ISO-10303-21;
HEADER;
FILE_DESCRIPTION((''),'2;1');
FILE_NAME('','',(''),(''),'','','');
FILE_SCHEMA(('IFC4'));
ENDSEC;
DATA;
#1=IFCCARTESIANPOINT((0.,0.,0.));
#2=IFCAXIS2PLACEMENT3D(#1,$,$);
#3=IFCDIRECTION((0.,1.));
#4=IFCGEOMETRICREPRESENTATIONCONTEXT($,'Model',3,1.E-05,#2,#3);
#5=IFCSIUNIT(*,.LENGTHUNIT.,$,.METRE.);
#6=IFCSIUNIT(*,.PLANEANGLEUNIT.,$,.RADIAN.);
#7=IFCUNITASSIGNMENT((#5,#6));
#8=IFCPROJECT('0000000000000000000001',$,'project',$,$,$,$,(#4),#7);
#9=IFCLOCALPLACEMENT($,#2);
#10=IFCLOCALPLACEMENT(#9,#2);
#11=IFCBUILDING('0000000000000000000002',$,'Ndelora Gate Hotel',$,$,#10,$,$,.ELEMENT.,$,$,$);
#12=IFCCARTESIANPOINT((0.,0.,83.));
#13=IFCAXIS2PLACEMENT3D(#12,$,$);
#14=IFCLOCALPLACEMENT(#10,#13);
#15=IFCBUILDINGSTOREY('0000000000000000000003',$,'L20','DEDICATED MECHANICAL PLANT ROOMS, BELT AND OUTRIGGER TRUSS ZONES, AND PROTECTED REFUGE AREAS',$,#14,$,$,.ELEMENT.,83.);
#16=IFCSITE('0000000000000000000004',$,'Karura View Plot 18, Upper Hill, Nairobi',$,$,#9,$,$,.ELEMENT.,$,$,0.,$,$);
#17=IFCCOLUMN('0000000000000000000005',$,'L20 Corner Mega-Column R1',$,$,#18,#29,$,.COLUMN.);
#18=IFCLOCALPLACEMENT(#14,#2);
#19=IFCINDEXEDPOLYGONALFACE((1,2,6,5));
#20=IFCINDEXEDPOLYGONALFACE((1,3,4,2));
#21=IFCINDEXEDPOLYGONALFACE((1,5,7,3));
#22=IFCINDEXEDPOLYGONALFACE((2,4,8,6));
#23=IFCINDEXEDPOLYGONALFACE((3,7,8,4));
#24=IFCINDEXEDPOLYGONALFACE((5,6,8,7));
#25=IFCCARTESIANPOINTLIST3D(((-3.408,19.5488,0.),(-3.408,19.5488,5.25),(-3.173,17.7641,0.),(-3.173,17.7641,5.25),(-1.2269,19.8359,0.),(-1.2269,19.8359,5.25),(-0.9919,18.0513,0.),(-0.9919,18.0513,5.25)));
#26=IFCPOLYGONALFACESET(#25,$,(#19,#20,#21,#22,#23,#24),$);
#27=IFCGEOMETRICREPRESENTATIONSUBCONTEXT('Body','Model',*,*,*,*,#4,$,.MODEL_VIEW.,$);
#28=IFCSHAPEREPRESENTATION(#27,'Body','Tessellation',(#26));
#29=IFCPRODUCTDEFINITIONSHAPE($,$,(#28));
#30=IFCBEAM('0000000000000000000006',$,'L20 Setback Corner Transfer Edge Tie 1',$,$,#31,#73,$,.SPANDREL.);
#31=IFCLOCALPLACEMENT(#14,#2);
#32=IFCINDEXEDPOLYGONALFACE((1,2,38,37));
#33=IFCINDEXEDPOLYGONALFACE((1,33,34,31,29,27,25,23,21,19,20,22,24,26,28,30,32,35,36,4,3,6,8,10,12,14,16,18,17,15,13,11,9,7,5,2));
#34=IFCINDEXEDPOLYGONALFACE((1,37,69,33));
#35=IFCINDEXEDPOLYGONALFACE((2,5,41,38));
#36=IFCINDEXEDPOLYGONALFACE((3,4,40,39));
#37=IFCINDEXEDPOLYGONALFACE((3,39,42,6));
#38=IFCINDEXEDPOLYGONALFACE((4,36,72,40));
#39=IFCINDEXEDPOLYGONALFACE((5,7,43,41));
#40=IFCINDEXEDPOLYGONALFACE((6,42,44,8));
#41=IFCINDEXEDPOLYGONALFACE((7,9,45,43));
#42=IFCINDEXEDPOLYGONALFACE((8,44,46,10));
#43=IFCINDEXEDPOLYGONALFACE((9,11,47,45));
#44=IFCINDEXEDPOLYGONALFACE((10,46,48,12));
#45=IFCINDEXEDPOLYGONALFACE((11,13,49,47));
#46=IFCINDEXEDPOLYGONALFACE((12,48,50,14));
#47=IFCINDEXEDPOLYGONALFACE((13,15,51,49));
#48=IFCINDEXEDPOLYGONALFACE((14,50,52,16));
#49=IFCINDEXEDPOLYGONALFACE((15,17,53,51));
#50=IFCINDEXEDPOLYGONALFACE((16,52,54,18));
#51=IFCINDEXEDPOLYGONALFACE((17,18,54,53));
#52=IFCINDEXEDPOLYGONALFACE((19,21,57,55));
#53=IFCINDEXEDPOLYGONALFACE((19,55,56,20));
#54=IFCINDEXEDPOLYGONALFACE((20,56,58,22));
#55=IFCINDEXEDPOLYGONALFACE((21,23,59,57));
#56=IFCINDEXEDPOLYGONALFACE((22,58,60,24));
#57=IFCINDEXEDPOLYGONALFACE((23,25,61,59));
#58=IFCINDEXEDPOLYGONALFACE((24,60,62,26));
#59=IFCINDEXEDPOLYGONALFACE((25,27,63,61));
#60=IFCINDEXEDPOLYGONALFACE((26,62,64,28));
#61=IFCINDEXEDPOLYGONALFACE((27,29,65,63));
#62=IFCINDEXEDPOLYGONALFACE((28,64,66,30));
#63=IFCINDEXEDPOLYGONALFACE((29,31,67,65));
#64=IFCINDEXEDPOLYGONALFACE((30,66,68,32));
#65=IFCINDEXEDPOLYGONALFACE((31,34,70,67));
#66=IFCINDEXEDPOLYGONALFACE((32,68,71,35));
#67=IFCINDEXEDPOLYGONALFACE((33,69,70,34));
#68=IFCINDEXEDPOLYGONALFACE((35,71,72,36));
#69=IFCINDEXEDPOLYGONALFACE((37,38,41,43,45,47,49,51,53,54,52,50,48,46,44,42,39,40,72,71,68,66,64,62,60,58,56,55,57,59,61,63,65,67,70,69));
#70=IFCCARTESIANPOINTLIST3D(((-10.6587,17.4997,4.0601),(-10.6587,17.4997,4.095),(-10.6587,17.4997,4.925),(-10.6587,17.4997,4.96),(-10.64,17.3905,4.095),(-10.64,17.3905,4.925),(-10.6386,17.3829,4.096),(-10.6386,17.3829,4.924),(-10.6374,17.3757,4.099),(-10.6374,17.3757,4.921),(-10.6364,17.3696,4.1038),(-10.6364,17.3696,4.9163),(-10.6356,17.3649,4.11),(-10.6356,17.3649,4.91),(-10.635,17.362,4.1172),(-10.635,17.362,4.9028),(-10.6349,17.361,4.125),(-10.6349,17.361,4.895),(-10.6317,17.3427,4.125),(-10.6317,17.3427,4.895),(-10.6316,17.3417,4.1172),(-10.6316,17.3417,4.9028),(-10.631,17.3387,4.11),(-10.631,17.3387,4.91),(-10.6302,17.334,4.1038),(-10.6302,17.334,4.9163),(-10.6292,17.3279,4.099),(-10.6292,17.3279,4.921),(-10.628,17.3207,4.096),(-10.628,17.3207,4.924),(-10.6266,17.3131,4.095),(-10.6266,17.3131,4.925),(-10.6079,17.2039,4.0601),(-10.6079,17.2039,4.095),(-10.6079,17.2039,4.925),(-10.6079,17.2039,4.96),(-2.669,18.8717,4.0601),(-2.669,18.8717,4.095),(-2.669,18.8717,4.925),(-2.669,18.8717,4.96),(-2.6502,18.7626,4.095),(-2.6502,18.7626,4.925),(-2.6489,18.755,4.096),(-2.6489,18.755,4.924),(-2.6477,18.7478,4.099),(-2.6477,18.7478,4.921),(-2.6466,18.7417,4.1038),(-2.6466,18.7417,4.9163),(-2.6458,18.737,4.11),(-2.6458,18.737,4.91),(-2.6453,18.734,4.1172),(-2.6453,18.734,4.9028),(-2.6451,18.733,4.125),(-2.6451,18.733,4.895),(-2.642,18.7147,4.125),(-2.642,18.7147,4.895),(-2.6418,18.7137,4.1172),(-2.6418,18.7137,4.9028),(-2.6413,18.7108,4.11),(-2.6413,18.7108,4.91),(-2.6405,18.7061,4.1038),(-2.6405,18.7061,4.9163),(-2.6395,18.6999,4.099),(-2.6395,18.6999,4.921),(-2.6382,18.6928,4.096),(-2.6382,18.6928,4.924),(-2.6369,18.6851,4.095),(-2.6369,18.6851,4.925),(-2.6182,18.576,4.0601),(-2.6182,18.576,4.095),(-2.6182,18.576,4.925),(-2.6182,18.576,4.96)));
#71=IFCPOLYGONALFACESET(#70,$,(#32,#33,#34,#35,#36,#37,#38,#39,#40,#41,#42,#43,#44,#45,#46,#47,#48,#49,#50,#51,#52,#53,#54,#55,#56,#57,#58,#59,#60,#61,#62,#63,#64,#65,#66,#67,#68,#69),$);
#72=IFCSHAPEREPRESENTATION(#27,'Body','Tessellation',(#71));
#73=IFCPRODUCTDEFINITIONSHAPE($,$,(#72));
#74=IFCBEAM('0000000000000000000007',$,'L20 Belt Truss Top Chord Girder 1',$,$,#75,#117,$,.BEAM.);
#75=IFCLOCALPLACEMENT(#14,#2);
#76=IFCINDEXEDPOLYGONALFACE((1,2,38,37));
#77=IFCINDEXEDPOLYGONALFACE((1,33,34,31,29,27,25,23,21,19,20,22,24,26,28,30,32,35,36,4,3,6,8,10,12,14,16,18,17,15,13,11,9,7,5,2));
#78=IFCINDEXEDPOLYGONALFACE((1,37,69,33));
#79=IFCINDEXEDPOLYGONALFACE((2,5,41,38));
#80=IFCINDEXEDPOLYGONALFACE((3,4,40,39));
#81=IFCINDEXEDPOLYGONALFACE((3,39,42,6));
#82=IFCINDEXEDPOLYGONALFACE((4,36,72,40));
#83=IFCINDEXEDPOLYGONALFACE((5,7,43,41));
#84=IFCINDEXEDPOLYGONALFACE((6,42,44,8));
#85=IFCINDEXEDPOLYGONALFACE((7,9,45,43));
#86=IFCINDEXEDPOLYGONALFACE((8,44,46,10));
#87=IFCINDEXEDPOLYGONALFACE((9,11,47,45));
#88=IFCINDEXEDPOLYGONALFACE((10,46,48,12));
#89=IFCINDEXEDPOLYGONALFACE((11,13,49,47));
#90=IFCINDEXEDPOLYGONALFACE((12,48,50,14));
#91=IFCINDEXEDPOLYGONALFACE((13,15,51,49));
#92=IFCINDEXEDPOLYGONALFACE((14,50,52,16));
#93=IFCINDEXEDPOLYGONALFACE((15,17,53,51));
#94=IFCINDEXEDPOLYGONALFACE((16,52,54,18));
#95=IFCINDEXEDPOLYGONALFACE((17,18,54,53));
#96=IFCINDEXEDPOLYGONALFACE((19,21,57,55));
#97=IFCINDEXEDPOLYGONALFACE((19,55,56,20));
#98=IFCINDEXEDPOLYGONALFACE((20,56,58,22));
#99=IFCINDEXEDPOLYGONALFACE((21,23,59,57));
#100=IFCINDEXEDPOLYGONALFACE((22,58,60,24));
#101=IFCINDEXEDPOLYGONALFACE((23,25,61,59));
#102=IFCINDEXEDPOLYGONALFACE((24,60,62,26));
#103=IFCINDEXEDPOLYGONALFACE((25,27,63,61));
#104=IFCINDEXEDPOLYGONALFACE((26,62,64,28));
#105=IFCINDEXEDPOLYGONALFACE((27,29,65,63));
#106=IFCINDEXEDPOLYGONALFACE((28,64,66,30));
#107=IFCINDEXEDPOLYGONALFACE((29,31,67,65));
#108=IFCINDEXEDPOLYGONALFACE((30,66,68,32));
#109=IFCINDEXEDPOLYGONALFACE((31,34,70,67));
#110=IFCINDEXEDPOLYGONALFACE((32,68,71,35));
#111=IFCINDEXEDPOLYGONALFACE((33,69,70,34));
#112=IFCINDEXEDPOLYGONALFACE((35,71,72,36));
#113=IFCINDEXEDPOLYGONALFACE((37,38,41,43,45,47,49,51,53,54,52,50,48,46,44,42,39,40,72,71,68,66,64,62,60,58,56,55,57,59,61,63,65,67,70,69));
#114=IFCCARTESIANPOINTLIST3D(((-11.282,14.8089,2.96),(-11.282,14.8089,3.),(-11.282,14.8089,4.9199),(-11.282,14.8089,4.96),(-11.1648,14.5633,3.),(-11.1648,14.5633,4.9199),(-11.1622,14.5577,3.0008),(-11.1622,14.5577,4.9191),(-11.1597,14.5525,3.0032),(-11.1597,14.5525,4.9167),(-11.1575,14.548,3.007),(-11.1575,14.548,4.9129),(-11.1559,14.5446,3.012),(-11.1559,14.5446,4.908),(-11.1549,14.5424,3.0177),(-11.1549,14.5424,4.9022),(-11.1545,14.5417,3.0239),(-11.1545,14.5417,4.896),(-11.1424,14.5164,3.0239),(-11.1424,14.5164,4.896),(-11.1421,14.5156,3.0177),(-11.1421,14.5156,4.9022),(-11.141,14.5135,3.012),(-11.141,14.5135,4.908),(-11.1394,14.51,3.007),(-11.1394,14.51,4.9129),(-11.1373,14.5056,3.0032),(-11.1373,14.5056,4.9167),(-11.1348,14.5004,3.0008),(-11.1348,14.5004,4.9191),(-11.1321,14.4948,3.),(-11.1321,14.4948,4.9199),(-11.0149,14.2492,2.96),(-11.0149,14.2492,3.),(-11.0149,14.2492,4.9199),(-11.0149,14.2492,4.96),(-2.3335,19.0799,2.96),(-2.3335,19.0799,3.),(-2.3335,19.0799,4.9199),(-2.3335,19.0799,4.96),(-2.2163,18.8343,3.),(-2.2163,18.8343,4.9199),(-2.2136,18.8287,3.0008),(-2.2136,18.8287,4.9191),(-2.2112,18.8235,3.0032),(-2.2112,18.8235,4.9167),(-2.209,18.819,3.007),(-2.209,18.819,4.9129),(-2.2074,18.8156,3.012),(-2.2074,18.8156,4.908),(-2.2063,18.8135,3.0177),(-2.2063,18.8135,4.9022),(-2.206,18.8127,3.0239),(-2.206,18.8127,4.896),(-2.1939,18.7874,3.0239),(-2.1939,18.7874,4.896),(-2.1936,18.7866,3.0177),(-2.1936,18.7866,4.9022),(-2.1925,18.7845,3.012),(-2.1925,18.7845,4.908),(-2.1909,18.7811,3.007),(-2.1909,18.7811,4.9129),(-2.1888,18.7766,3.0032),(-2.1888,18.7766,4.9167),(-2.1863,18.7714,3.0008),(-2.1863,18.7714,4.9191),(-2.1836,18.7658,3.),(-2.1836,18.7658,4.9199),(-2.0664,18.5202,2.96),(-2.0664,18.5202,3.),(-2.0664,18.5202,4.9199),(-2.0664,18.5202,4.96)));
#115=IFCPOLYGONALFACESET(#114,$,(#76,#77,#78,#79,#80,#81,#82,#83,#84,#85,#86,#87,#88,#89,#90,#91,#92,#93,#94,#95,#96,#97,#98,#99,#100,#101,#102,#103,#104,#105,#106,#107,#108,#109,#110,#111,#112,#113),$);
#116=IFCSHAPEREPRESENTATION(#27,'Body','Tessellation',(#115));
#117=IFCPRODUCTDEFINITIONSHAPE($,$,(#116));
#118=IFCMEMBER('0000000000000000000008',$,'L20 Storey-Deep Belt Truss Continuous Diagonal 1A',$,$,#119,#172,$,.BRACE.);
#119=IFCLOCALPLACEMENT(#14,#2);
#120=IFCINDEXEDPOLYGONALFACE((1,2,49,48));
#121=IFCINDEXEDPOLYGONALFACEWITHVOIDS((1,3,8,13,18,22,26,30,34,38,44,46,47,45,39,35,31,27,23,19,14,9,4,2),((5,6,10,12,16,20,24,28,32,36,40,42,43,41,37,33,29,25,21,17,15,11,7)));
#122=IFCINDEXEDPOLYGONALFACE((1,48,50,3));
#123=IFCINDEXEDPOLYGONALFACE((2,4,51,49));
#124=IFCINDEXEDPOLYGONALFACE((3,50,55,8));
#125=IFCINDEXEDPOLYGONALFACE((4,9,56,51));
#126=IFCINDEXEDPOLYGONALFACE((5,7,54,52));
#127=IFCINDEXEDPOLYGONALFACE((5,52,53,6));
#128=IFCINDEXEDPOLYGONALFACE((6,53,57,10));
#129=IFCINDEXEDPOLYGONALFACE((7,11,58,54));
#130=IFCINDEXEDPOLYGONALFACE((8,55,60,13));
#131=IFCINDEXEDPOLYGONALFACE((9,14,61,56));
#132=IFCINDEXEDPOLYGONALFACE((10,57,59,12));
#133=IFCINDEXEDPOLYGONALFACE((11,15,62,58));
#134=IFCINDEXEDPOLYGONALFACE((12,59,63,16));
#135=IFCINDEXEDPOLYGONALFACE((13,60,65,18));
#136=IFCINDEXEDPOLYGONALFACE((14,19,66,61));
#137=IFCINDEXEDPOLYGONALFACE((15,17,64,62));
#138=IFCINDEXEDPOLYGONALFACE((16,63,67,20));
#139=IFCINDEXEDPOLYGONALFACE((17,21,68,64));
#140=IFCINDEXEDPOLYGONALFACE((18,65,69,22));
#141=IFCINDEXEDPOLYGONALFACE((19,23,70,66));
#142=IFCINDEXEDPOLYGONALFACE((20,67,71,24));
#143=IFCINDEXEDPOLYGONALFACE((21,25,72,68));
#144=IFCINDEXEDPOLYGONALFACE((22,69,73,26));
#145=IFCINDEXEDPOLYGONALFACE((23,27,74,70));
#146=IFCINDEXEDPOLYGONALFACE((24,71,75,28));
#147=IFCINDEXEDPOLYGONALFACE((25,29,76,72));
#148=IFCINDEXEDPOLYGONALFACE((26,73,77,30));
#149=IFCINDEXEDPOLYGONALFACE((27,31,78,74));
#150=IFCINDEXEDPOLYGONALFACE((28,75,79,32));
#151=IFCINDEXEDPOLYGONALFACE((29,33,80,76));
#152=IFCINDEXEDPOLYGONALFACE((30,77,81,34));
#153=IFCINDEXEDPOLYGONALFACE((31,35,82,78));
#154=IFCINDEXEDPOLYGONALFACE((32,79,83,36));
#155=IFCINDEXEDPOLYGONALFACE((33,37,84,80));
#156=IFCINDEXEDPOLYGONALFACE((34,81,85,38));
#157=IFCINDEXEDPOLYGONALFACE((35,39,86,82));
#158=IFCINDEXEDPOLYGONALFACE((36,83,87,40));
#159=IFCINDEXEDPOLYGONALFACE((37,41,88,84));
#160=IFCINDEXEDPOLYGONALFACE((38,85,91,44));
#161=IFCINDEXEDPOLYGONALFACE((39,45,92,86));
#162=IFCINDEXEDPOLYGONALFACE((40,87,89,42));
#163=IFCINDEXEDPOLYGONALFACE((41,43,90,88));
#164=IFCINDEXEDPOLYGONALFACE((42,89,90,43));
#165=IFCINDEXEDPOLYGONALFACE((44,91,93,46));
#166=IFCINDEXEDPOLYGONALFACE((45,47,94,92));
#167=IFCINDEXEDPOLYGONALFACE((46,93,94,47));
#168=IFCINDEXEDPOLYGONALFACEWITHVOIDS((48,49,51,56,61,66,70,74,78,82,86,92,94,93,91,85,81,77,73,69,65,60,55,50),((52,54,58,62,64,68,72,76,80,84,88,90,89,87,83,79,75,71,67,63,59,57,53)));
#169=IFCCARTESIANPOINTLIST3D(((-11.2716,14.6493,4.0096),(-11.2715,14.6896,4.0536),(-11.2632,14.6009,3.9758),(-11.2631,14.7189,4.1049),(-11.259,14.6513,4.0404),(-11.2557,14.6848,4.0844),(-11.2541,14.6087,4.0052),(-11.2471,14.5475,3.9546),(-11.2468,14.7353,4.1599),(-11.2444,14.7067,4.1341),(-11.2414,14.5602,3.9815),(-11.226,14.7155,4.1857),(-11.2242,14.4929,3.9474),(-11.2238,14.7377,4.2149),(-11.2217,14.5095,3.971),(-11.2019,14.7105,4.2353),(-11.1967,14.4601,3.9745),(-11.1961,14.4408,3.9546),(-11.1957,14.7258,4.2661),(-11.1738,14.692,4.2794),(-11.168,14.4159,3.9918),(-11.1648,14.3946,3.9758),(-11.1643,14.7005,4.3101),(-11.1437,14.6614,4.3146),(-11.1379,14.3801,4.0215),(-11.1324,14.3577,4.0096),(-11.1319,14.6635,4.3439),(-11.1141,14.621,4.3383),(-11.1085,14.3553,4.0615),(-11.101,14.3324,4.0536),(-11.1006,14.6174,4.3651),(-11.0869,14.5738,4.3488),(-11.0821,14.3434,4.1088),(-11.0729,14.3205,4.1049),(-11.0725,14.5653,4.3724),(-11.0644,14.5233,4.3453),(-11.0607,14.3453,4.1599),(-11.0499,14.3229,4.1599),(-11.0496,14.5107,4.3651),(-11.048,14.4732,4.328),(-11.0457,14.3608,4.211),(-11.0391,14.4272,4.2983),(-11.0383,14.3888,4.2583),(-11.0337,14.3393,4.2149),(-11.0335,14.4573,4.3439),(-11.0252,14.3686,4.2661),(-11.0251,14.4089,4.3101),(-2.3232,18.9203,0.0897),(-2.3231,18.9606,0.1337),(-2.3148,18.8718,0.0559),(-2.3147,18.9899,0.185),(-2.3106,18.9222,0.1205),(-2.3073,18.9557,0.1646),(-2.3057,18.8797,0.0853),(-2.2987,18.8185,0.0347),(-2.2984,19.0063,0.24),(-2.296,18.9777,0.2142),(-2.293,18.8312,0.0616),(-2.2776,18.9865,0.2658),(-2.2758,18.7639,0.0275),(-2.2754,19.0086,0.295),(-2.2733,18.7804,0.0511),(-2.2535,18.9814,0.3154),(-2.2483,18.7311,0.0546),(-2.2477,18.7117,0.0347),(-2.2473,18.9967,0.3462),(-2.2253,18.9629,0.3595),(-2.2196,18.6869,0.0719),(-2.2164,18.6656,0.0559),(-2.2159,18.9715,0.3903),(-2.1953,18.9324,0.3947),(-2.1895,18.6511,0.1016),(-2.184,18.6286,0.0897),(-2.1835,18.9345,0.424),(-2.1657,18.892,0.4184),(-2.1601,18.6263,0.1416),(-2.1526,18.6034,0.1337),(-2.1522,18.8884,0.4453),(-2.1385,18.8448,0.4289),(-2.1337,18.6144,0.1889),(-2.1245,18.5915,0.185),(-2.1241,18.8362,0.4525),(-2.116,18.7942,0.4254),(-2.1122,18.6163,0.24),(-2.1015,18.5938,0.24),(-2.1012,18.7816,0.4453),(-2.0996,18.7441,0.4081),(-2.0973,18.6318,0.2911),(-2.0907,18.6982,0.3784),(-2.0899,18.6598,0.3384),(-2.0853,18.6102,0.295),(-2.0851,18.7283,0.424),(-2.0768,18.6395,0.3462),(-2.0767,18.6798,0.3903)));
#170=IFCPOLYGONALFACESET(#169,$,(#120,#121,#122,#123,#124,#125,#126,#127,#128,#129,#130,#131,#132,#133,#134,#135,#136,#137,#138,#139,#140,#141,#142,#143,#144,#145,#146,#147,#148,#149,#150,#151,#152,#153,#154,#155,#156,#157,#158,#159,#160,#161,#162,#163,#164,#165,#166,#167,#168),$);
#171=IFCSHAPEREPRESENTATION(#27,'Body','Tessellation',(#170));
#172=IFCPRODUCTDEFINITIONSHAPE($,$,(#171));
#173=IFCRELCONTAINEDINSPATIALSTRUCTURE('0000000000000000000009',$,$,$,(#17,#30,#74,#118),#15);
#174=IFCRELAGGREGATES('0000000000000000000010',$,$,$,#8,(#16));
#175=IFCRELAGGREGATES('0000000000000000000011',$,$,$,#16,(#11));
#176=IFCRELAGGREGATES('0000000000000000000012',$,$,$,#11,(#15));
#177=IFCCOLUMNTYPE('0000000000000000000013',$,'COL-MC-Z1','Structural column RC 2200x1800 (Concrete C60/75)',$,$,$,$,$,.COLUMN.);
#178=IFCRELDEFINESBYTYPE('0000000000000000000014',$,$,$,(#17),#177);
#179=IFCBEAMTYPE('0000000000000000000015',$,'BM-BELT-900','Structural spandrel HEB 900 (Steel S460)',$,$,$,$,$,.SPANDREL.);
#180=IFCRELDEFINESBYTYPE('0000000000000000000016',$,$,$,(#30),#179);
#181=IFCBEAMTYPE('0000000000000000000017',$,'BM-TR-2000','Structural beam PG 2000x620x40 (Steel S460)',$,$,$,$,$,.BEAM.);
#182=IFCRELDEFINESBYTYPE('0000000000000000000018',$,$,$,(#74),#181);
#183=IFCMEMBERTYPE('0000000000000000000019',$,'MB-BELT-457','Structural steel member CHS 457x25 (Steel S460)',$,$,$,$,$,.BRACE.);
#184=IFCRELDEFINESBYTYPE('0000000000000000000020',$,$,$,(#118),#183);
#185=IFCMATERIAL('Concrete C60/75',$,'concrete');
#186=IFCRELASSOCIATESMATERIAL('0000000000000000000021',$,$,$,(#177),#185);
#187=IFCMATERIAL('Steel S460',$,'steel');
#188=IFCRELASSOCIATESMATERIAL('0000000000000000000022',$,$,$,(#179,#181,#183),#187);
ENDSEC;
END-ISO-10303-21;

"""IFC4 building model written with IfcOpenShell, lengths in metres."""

from ifc_helpers import new_model, si_unit, direction, frame, origin, origin_2d, place, context, subcontext, project, spatial, rectangle, hollow_circle, i_section, extrude, material, material_profile, profile_set, type_object, element, save


model = new_model("IFC4")

# Units and contexts
model_context = context("Model", 3, precision=1e-05, world=origin(), true_north=direction((0.0, 1.0)))
body_context = subcontext(model_context, "Body", "Model", "MODEL_VIEW")
ifc_project = project(units=[si_unit("LENGTHUNIT", "METRE"), si_unit("PLANEANGLEUNIT", "RADIAN")], contexts=[model_context])

# Site, building, storey
site_placement = place(None, origin())
site = spatial("IfcSite", under=ifc_project, at=site_placement, Name="Karura View Plot 18, Upper Hill, Nairobi", CompositionType="ELEMENT", RefElevation=0.0)
building_placement = place(site_placement, origin())
building = spatial("IfcBuilding", under=site, at=building_placement, Name="Ndelora Gate Hotel", CompositionType="ELEMENT")
storey_placement = place(building_placement, frame((0.0, 0.0, 83.0)))
storey = spatial("IfcBuildingStorey", under=building, at=storey_placement, Name="L20", Description="DEDICATED MECHANICAL PLANT ROOMS, BELT AND OUTRIGGER TRUSS ZONES, AND PROTECTED REFUGE AREAS", CompositionType="ELEMENT", Elevation=83.0)

# Column
ifc_material_1 = material(Name="Concrete C60/75", Category="concrete")
ifc_material_profile_1 = material_profile(ifc_material_1, rectangle(XDim=1.8, YDim=2.2, at=origin_2d()), Name="RC 2200x1800")
ifc_profile_set_1 = profile_set([ifc_material_profile_1], Name="Concrete C60/75")
column_type = type_object("IfcColumnType", Name="COL-MC-Z1", Description="Structural column RC 2200x1800 (Concrete C60/75)", PredefinedType="COLUMN", material=ifc_profile_set_1)
column_placement = place(storey_placement, frame((-2.2, 18.8, 0.0), z_axis=(0.0, 0.0, 1.0), x_axis=(-0.130526, 0.991445, 0.0)))
element("IfcColumn", 1, at=column_placement, inside=storey, type_object=column_type, Name="L20 Corner Mega-Column R1", PredefinedType="COLUMN", context=body_context, shape_type="SweptSolid", body=[
    extrude(rectangle(XDim=1.8, YDim=2.2, at=origin_2d()), origin(), (0.0, 0.0, 1.0), 5.25),
])

# Beams
ifc_material_2 = material(Name="Steel S460", Category="steel")
ifc_material_profile_2 = material_profile(ifc_material_2, i_section(OverallWidth=0.3, OverallDepth=0.8999, WebThickness=0.0186, FlangeThickness=0.0349, FilletRadius=0.03, at=origin_2d()), Name="HEB 900")
ifc_profile_set_2 = profile_set([ifc_material_profile_2], Name="Steel S460")
beam_type_1 = type_object("IfcBeamType", Name="BM-BELT-900", Description="Structural spandrel HEB 900 (Steel S460)", PredefinedType="SPANDREL", material=ifc_profile_set_2)
beam_1_placement = place(storey_placement, frame((-10.6333, 17.3518, 4.51), z_axis=(0.985573, 0.169251, 0.0), x_axis=(-0.169251, 0.985573, 0.0)))
element("IfcBeam", 2, at=beam_1_placement, inside=storey, type_object=beam_type_1, Name="L20 Setback Corner Transfer Edge Tie 1", PredefinedType="SPANDREL", context=body_context, shape_type="SweptSolid", body=[
    extrude(i_section(OverallWidth=0.3, OverallDepth=0.8999, WebThickness=0.0186, FlangeThickness=0.0349, FilletRadius=0.03, at=origin_2d()), origin(), (0.0, 0.0, 1.0), 8.1067),
])
ifc_material_profile_3 = material_profile(ifc_material_2, i_section(OverallWidth=0.6201, OverallDepth=2.0, WebThickness=0.0281, FlangeThickness=0.04, FilletRadius=0.0239, at=origin_2d()), Name="PG 2000x620x40")
ifc_profile_set_3 = profile_set([ifc_material_profile_3], Name="Steel S460")
beam_type_2 = type_object("IfcBeamType", Name="BM-TR-2000", Description="Structural beam PG 2000x620x40 (Steel S460)", PredefinedType="BEAM", material=ifc_profile_set_3)
beam_2_placement = place(storey_placement, frame((-2.2, 18.8, 3.96), z_axis=(-0.902476, -0.43074, 0.0), x_axis=(0.43074, -0.902476, 0.0)))
element("IfcBeam", 3, at=beam_2_placement, inside=storey, type_object=beam_type_2, Name="L20 Belt Truss Top Chord Girder 1", PredefinedType="BEAM", context=body_context, shape_type="SweptSolid", body=[
    extrude(i_section(OverallWidth=0.6201, OverallDepth=2.0, WebThickness=0.0281, FlangeThickness=0.04, FilletRadius=0.0239, at=origin_2d()), origin(), (0.0, 0.0, 1.0), 9.9155),
])

# Member
ifc_material_profile_4 = material_profile(ifc_material_2, hollow_circle(Radius=0.2285, WallThickness=0.0249, at=origin_2d()), Name="CHS 457x25")
ifc_profile_set_4 = profile_set([ifc_material_profile_4], Name="Steel S460")
member_type = type_object("IfcMemberType", Name="MB-BELT-457", Description="Structural steel member CHS 457x25 (Steel S460)", PredefinedType="BRACE", material=ifc_profile_set_4)
member_1_placement = place(storey_placement, frame((-2.2, 18.8, 0.24), z_axis=(-0.839272, -0.400573, 0.367646), x_axis=(0.43074, -0.902476, 0.0)))
element("IfcMember", 4, at=member_1_placement, inside=storey, type_object=member_type, Name="L20 Storey-Deep Belt Truss Continuous Diagonal 1A", PredefinedType="BRACE", context=body_context, shape_type="SweptSolid", body=[
    extrude(hollow_circle(Radius=0.2285, WallThickness=0.0249, at=origin_2d()), origin(), (0.0, 0.0, 1.0), 10.6621),
])

save(model, "model.ifc")
